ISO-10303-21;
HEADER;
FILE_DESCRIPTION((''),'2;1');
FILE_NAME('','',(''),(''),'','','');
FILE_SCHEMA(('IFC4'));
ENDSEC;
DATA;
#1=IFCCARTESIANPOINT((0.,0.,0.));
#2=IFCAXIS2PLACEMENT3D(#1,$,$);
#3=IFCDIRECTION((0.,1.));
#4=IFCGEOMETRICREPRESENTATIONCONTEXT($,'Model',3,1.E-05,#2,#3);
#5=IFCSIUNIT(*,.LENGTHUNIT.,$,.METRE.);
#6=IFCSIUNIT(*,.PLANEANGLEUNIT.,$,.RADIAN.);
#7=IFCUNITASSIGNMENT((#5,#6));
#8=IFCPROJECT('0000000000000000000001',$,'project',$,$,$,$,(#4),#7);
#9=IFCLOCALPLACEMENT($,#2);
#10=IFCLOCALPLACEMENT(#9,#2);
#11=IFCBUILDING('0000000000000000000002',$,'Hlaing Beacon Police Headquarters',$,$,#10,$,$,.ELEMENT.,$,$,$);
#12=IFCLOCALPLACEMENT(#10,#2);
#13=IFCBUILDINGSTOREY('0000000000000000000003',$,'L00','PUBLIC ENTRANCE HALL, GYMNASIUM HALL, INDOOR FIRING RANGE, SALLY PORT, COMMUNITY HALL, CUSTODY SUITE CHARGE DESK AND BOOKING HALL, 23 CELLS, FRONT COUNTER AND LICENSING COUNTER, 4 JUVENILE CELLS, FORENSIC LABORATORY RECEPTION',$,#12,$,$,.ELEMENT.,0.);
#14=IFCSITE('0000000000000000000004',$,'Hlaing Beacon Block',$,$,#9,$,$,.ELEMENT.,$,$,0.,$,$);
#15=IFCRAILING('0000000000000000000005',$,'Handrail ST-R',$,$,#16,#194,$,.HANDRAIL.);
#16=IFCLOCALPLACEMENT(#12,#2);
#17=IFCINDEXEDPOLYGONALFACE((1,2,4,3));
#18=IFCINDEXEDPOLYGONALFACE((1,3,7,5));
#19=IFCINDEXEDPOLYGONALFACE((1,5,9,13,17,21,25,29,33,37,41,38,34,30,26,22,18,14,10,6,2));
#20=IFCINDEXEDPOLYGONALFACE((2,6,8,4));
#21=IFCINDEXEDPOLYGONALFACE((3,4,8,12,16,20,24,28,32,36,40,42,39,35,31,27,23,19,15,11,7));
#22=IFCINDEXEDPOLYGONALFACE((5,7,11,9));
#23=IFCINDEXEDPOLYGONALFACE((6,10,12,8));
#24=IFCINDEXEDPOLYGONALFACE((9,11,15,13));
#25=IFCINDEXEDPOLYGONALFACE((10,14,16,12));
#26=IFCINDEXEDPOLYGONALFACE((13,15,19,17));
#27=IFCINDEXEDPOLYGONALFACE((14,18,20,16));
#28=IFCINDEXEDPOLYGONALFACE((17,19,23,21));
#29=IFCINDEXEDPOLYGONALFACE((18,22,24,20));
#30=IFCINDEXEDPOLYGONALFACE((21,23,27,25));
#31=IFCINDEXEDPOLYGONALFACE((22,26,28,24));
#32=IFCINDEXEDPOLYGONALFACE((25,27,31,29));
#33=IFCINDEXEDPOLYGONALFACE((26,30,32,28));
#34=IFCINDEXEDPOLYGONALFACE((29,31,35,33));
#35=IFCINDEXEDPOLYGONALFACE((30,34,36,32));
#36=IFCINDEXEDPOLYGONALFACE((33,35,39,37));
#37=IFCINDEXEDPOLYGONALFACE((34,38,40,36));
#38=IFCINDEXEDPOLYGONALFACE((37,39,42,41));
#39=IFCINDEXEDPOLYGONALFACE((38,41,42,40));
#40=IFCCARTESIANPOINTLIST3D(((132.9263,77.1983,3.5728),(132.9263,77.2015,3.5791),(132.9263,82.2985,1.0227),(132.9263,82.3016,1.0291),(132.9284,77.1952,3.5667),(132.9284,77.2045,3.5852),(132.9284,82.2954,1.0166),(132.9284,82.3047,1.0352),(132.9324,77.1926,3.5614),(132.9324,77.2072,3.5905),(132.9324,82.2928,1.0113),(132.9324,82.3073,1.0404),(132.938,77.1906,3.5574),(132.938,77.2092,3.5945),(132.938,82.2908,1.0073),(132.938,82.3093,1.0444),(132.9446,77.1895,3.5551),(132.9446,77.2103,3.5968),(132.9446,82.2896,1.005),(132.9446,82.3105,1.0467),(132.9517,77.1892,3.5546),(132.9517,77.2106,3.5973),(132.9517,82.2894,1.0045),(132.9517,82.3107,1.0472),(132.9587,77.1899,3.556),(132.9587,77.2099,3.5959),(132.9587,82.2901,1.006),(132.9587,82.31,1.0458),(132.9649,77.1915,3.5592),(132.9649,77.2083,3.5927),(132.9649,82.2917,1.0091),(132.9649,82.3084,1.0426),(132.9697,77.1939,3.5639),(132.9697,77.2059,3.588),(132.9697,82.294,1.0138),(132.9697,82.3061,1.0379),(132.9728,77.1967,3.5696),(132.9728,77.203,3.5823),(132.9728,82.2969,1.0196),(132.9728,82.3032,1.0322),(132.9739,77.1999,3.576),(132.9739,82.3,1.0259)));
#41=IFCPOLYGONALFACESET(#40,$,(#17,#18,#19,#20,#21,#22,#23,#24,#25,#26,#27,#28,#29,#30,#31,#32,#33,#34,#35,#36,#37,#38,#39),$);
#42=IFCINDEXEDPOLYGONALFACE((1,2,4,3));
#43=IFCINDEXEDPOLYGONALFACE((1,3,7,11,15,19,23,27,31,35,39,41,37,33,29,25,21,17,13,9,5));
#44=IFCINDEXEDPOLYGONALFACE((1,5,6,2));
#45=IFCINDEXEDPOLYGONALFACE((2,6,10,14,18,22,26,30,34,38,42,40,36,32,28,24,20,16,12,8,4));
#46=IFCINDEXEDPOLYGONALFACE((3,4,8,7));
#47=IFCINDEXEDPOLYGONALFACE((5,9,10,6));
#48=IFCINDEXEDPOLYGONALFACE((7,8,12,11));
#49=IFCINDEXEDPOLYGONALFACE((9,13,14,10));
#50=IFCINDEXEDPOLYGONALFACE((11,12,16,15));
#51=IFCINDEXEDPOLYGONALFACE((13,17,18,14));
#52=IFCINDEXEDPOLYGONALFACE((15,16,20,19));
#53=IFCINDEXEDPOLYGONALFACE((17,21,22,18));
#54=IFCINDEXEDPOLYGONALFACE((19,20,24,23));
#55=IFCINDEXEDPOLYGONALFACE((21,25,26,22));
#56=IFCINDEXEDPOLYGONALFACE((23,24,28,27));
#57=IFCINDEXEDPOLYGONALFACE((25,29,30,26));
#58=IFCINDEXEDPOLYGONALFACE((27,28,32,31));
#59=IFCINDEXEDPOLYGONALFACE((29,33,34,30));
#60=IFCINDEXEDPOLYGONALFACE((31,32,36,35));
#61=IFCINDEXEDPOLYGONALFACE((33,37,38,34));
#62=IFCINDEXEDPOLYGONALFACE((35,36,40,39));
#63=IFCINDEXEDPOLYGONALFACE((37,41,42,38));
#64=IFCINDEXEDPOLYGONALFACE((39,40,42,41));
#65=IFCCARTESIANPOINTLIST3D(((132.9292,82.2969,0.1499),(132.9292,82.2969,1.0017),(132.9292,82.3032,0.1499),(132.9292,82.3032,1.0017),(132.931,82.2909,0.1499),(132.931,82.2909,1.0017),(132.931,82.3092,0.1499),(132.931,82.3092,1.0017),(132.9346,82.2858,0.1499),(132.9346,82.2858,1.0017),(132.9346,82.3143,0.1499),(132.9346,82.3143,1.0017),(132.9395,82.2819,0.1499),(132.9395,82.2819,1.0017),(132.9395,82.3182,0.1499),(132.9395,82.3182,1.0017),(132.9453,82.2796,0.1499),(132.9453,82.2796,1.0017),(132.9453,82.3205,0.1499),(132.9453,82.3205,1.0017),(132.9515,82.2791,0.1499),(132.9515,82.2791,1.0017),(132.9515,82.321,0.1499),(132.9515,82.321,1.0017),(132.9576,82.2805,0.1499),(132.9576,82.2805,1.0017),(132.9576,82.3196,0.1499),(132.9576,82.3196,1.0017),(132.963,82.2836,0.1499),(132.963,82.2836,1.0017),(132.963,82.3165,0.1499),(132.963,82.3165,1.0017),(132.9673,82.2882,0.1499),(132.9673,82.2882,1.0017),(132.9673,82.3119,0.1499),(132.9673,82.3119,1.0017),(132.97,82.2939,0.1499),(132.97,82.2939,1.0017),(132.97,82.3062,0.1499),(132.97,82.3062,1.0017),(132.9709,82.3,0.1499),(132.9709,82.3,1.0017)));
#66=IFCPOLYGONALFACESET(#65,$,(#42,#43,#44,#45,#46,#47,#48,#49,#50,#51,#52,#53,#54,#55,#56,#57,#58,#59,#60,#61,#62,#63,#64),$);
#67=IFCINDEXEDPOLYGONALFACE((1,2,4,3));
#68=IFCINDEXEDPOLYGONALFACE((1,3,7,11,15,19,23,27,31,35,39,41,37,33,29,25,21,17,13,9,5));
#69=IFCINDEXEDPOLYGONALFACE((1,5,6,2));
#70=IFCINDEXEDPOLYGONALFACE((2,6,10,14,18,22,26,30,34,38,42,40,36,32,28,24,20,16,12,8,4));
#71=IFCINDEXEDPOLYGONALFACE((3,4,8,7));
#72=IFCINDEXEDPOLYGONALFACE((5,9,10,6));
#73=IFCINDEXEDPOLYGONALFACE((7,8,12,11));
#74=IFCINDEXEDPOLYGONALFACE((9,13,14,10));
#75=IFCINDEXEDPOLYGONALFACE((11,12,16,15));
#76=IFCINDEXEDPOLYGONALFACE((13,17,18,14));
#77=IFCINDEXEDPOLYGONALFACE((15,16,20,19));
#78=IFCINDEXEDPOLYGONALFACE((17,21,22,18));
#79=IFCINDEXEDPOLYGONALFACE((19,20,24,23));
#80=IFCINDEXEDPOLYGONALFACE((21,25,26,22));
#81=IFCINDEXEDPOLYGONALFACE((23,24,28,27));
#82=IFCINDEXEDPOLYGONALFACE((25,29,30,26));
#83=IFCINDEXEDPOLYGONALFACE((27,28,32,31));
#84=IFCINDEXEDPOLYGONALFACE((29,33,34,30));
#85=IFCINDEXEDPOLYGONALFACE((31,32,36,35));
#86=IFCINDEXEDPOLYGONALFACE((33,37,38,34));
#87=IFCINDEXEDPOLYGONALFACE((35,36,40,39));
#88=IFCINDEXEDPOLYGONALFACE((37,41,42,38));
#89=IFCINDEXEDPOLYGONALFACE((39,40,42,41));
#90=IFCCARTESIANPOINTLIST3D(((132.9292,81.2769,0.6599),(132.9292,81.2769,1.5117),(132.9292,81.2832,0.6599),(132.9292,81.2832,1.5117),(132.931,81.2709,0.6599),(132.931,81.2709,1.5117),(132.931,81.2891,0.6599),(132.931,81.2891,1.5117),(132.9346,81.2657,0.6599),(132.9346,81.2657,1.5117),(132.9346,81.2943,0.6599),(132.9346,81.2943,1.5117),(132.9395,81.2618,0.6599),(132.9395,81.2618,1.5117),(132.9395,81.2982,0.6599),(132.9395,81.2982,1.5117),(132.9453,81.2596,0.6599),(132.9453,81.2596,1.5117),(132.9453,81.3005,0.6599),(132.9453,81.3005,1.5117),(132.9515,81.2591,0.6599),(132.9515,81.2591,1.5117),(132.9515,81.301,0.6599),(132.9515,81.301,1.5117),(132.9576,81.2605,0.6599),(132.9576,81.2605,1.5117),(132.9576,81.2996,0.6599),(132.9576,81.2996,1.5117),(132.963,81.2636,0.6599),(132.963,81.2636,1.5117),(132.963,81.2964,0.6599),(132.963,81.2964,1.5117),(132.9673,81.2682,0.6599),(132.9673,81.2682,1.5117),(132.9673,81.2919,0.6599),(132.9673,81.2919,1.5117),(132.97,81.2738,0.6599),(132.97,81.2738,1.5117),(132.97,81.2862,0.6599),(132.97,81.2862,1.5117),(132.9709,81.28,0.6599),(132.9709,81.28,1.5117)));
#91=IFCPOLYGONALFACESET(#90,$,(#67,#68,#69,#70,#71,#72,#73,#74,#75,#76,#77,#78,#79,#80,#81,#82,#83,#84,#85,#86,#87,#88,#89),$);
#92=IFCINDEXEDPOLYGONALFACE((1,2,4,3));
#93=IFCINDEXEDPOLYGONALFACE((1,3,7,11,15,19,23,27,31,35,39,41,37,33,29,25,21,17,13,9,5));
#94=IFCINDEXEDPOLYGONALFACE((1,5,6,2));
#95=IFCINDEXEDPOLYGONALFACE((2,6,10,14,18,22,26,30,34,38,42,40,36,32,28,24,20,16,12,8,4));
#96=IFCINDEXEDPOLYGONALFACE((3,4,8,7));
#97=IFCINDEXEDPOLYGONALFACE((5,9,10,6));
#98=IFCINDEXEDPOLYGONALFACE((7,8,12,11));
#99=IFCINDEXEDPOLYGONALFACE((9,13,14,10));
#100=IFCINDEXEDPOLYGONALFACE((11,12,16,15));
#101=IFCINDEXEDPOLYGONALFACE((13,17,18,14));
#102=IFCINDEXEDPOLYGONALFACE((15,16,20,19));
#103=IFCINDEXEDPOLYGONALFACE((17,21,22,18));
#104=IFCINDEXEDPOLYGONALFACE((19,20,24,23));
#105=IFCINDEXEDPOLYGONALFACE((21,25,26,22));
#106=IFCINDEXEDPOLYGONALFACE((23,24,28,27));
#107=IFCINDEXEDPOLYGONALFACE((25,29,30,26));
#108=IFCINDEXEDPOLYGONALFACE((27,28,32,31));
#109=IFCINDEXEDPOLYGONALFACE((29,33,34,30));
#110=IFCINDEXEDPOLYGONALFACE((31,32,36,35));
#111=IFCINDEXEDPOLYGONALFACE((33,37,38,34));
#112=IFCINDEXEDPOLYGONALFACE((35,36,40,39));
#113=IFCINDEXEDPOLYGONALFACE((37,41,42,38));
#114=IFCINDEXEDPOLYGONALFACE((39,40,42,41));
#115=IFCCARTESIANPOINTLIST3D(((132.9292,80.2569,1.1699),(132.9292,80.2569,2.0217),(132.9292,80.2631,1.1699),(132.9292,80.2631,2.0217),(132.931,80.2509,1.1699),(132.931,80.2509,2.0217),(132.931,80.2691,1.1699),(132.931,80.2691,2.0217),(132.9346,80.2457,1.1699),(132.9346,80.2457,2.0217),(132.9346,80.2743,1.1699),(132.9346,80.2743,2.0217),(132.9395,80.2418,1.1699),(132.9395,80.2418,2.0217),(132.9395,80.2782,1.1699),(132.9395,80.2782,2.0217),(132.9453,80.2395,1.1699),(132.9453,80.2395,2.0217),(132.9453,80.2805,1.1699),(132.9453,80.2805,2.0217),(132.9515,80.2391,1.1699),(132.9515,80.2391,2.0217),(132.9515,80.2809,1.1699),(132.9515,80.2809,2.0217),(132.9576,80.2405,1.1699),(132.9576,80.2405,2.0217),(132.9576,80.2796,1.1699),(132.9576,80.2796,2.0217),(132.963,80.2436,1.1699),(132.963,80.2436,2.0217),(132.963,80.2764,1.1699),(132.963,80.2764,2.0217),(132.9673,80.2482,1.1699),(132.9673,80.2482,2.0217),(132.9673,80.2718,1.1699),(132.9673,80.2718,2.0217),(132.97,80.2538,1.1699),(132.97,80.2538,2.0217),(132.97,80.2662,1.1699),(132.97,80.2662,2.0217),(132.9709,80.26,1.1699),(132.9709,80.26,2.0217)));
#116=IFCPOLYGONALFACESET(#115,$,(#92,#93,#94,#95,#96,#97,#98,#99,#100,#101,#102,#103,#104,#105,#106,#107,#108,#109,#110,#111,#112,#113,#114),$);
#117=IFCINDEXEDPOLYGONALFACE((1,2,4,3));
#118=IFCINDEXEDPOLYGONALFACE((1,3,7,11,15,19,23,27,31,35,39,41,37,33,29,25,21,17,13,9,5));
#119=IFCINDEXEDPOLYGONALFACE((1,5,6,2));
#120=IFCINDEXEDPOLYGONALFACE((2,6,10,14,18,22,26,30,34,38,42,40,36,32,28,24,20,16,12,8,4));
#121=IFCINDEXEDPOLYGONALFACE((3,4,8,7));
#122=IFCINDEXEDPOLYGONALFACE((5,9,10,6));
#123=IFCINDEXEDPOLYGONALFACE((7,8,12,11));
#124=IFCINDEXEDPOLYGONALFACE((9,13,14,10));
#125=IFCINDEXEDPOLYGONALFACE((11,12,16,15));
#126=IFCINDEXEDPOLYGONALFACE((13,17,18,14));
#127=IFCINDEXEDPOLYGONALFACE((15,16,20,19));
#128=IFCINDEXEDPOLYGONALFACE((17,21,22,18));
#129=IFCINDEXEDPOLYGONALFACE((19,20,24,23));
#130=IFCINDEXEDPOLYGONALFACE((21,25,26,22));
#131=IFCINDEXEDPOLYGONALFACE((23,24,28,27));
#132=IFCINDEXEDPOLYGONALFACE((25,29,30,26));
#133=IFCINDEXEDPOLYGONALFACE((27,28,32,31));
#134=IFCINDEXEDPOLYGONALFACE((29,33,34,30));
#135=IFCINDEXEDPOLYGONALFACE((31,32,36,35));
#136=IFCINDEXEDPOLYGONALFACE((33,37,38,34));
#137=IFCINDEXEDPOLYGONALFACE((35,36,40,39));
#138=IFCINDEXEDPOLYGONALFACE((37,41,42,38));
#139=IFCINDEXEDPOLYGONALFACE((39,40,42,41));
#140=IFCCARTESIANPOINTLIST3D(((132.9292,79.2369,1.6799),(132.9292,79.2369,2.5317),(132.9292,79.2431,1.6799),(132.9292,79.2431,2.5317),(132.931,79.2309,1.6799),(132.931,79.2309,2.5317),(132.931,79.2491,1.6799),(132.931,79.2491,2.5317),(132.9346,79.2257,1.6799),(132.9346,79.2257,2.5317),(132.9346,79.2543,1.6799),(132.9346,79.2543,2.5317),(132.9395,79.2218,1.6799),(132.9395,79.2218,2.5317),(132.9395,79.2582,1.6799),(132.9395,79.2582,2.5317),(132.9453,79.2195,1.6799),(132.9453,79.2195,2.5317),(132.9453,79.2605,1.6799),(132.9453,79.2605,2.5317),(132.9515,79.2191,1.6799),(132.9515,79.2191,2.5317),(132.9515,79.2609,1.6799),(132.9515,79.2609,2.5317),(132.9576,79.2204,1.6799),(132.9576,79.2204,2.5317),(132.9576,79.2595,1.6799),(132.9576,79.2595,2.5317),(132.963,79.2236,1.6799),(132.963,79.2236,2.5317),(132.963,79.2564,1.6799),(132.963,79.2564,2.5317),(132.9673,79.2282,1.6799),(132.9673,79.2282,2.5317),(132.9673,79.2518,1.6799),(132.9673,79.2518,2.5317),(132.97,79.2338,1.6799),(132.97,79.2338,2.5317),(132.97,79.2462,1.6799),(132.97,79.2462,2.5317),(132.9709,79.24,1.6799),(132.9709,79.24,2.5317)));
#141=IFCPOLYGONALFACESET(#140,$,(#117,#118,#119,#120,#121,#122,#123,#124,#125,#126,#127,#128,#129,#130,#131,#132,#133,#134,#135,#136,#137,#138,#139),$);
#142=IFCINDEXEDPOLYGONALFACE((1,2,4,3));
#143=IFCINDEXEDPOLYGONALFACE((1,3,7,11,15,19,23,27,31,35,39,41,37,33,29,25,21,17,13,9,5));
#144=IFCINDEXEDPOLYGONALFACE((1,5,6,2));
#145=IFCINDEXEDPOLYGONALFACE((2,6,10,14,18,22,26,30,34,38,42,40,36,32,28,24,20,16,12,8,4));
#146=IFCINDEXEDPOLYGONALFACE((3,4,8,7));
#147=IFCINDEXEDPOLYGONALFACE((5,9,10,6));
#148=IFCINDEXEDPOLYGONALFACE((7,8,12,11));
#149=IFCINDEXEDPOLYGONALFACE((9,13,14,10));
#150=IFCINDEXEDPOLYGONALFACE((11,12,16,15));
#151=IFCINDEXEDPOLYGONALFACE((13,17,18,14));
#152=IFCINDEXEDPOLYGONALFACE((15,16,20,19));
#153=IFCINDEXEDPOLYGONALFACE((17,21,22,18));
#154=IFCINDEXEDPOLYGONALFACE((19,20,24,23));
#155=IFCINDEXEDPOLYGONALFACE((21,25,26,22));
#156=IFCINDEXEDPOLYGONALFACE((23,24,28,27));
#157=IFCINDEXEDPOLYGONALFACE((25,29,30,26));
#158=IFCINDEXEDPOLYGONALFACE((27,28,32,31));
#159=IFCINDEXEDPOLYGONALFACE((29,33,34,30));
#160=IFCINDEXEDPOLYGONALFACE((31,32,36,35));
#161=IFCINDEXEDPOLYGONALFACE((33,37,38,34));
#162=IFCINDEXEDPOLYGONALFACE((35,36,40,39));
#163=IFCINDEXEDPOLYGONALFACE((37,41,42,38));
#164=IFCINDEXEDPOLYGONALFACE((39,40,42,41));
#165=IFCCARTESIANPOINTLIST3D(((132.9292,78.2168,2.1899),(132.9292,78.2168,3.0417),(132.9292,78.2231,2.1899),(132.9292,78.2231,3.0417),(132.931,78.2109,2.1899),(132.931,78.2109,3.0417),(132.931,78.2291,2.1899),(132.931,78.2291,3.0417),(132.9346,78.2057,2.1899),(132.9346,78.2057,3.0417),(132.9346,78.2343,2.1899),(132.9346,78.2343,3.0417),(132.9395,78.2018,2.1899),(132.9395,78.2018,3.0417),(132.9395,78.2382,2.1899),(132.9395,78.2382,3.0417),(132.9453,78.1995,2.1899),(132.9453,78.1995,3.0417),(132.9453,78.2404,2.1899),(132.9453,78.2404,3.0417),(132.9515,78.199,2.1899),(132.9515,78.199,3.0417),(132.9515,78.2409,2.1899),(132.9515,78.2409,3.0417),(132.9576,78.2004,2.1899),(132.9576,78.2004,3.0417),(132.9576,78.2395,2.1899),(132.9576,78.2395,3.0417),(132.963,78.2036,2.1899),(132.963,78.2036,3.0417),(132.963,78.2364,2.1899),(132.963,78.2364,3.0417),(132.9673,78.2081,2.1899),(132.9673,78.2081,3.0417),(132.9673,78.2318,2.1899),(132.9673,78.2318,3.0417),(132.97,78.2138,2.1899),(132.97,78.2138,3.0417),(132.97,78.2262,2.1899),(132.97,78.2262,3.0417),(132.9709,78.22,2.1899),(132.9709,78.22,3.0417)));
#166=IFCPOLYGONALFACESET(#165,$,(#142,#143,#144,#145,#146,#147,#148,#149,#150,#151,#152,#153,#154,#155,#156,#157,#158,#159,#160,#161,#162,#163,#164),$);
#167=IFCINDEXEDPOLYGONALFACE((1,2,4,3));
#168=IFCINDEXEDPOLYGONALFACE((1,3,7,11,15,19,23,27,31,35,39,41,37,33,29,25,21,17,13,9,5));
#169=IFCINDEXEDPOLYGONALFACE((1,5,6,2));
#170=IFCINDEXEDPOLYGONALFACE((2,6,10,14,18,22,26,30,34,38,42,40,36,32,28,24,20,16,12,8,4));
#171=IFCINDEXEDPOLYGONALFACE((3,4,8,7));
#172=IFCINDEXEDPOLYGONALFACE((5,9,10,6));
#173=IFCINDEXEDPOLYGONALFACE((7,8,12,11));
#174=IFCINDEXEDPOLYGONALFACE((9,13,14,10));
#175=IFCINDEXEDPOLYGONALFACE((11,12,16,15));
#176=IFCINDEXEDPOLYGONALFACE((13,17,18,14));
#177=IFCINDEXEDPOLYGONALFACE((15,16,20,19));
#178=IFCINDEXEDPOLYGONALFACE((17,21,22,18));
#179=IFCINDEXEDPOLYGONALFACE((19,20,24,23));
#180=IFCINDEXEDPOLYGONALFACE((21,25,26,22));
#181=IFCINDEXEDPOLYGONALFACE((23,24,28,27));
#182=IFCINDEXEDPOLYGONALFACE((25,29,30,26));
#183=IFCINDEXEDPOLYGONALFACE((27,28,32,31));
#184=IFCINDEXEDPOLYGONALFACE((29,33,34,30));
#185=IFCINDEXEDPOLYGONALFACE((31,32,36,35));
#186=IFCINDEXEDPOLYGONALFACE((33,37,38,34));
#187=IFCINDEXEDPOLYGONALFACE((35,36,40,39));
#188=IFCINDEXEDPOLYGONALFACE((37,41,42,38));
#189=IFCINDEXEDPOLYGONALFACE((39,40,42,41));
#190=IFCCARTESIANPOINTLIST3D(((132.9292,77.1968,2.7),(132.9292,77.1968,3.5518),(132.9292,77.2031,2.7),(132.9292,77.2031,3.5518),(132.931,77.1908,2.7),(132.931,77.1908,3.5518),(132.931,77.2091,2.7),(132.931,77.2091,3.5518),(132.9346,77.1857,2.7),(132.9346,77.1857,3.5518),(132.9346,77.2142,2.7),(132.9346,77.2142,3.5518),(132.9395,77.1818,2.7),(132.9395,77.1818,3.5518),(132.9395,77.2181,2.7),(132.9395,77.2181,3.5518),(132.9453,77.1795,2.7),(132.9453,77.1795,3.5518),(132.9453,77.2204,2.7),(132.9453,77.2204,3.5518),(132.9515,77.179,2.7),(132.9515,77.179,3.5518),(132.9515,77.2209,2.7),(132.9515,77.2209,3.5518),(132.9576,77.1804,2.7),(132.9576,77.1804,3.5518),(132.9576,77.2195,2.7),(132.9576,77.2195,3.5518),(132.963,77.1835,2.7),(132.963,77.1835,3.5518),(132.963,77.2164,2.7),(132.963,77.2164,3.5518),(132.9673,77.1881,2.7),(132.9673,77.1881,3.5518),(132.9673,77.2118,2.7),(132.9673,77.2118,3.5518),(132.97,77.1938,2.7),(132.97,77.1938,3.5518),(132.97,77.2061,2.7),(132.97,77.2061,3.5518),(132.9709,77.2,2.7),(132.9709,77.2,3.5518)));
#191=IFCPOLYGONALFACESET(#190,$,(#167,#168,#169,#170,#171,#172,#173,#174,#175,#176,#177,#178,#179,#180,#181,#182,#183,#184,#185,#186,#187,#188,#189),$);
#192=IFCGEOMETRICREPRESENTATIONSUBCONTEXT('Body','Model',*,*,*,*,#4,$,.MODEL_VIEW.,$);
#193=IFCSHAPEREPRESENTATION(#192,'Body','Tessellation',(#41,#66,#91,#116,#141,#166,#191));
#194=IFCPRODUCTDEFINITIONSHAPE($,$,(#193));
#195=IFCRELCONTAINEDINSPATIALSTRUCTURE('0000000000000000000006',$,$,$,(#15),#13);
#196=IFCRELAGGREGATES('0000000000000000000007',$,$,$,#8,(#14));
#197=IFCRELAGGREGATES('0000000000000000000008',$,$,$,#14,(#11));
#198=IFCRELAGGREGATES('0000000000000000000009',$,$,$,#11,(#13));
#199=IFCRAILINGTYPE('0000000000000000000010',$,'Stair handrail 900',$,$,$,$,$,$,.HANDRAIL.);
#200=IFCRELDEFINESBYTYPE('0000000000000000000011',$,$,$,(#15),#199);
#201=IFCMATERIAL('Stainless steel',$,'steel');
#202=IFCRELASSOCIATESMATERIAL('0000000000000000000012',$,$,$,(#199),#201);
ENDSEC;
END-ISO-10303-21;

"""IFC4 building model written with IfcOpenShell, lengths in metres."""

from ifc_helpers import new_model, si_unit, direction, frame, origin, origin_2d, place, context, subcontext, project, spatial, circle, extrude, material, type_object, element, save


model = new_model("IFC4")

# Units and contexts
model_context = context("Model", 3, precision=1e-05, world=origin(), true_north=direction((0.0, 1.0)))
body_context = subcontext(model_context, "Body", "Model", "MODEL_VIEW")
ifc_project = project(units=[si_unit("LENGTHUNIT", "METRE"), si_unit("PLANEANGLEUNIT", "RADIAN")], contexts=[model_context])

# Site, building, storey
site_placement = place(None, origin())
site = spatial("IfcSite", under=ifc_project, at=site_placement, Name="Hlaing Beacon Block", CompositionType="ELEMENT", RefElevation=0.0)
building_placement = place(site_placement, origin())
building = spatial("IfcBuilding", under=site, at=building_placement, Name="Hlaing Beacon Police Headquarters", CompositionType="ELEMENT")
storey_placement = place(building_placement, origin())
storey = spatial("IfcBuildingStorey", under=building, at=storey_placement, Name="L00", Description="PUBLIC ENTRANCE HALL, GYMNASIUM HALL, INDOOR FIRING RANGE, SALLY PORT, COMMUNITY HALL, CUSTODY SUITE CHARGE DESK AND BOOKING HALL, 23 CELLS, FRONT COUNTER AND LICENSING COUNTER, 4 JUVENILE CELLS, FORENSIC LABORATORY RECEPTION", CompositionType="ELEMENT", Elevation=0.0)

# Railing
ifc_material_1 = material(Name="Stainless steel", Category="steel")
railing_type_1 = type_object("IfcRailingType", Name="Stair handrail 900", PredefinedType="HANDRAIL", material=ifc_material_1)
for number, where, name in (
    (1, (132.95, 82.3, 0.1499), "Handrail ST-R"),
):
    element("IfcRailing", number, at=place(storey_placement, frame(where)), inside=storey, type_object=railing_type_1, Name=name, PredefinedType="HANDRAIL", context=body_context, shape_type="SweptSolid", body=[
        extrude(circle(Radius=0.0239, at=origin_2d()), frame((0.0, 0.0, 0.876), z_axis=(0.0, -0.894427, 0.447214), x_axis=(1.0, 0.0, 0.0)), (0.0, 0.0, 1.0), 5.7021),
        extrude(circle(Radius=0.021, at=origin_2d()), origin(), (0.0, 0.0, 1.0), 0.8518),
        extrude(circle(Radius=0.021, at=origin_2d()), frame((0.0, -1.02, 0.51)), (0.0, 0.0, 1.0), 0.8518),
        extrude(circle(Radius=0.021, at=origin_2d()), frame((0.0, -2.04, 1.02)), (0.0, 0.0, 1.0), 0.8518),
        extrude(circle(Radius=0.021, at=origin_2d()), frame((0.0, -3.0601, 1.53)), (0.0, 0.0, 1.0), 0.8518),
        extrude(circle(Radius=0.021, at=origin_2d()), frame((0.0, -4.0801, 2.04)), (0.0, 0.0, 1.0), 0.8518),
        extrude(circle(Radius=0.021, at=origin_2d()), frame((0.0, -5.1001, 2.55)), (0.0, 0.0, 1.0), 0.8518),
    ])

save(model, "model.ifc")
